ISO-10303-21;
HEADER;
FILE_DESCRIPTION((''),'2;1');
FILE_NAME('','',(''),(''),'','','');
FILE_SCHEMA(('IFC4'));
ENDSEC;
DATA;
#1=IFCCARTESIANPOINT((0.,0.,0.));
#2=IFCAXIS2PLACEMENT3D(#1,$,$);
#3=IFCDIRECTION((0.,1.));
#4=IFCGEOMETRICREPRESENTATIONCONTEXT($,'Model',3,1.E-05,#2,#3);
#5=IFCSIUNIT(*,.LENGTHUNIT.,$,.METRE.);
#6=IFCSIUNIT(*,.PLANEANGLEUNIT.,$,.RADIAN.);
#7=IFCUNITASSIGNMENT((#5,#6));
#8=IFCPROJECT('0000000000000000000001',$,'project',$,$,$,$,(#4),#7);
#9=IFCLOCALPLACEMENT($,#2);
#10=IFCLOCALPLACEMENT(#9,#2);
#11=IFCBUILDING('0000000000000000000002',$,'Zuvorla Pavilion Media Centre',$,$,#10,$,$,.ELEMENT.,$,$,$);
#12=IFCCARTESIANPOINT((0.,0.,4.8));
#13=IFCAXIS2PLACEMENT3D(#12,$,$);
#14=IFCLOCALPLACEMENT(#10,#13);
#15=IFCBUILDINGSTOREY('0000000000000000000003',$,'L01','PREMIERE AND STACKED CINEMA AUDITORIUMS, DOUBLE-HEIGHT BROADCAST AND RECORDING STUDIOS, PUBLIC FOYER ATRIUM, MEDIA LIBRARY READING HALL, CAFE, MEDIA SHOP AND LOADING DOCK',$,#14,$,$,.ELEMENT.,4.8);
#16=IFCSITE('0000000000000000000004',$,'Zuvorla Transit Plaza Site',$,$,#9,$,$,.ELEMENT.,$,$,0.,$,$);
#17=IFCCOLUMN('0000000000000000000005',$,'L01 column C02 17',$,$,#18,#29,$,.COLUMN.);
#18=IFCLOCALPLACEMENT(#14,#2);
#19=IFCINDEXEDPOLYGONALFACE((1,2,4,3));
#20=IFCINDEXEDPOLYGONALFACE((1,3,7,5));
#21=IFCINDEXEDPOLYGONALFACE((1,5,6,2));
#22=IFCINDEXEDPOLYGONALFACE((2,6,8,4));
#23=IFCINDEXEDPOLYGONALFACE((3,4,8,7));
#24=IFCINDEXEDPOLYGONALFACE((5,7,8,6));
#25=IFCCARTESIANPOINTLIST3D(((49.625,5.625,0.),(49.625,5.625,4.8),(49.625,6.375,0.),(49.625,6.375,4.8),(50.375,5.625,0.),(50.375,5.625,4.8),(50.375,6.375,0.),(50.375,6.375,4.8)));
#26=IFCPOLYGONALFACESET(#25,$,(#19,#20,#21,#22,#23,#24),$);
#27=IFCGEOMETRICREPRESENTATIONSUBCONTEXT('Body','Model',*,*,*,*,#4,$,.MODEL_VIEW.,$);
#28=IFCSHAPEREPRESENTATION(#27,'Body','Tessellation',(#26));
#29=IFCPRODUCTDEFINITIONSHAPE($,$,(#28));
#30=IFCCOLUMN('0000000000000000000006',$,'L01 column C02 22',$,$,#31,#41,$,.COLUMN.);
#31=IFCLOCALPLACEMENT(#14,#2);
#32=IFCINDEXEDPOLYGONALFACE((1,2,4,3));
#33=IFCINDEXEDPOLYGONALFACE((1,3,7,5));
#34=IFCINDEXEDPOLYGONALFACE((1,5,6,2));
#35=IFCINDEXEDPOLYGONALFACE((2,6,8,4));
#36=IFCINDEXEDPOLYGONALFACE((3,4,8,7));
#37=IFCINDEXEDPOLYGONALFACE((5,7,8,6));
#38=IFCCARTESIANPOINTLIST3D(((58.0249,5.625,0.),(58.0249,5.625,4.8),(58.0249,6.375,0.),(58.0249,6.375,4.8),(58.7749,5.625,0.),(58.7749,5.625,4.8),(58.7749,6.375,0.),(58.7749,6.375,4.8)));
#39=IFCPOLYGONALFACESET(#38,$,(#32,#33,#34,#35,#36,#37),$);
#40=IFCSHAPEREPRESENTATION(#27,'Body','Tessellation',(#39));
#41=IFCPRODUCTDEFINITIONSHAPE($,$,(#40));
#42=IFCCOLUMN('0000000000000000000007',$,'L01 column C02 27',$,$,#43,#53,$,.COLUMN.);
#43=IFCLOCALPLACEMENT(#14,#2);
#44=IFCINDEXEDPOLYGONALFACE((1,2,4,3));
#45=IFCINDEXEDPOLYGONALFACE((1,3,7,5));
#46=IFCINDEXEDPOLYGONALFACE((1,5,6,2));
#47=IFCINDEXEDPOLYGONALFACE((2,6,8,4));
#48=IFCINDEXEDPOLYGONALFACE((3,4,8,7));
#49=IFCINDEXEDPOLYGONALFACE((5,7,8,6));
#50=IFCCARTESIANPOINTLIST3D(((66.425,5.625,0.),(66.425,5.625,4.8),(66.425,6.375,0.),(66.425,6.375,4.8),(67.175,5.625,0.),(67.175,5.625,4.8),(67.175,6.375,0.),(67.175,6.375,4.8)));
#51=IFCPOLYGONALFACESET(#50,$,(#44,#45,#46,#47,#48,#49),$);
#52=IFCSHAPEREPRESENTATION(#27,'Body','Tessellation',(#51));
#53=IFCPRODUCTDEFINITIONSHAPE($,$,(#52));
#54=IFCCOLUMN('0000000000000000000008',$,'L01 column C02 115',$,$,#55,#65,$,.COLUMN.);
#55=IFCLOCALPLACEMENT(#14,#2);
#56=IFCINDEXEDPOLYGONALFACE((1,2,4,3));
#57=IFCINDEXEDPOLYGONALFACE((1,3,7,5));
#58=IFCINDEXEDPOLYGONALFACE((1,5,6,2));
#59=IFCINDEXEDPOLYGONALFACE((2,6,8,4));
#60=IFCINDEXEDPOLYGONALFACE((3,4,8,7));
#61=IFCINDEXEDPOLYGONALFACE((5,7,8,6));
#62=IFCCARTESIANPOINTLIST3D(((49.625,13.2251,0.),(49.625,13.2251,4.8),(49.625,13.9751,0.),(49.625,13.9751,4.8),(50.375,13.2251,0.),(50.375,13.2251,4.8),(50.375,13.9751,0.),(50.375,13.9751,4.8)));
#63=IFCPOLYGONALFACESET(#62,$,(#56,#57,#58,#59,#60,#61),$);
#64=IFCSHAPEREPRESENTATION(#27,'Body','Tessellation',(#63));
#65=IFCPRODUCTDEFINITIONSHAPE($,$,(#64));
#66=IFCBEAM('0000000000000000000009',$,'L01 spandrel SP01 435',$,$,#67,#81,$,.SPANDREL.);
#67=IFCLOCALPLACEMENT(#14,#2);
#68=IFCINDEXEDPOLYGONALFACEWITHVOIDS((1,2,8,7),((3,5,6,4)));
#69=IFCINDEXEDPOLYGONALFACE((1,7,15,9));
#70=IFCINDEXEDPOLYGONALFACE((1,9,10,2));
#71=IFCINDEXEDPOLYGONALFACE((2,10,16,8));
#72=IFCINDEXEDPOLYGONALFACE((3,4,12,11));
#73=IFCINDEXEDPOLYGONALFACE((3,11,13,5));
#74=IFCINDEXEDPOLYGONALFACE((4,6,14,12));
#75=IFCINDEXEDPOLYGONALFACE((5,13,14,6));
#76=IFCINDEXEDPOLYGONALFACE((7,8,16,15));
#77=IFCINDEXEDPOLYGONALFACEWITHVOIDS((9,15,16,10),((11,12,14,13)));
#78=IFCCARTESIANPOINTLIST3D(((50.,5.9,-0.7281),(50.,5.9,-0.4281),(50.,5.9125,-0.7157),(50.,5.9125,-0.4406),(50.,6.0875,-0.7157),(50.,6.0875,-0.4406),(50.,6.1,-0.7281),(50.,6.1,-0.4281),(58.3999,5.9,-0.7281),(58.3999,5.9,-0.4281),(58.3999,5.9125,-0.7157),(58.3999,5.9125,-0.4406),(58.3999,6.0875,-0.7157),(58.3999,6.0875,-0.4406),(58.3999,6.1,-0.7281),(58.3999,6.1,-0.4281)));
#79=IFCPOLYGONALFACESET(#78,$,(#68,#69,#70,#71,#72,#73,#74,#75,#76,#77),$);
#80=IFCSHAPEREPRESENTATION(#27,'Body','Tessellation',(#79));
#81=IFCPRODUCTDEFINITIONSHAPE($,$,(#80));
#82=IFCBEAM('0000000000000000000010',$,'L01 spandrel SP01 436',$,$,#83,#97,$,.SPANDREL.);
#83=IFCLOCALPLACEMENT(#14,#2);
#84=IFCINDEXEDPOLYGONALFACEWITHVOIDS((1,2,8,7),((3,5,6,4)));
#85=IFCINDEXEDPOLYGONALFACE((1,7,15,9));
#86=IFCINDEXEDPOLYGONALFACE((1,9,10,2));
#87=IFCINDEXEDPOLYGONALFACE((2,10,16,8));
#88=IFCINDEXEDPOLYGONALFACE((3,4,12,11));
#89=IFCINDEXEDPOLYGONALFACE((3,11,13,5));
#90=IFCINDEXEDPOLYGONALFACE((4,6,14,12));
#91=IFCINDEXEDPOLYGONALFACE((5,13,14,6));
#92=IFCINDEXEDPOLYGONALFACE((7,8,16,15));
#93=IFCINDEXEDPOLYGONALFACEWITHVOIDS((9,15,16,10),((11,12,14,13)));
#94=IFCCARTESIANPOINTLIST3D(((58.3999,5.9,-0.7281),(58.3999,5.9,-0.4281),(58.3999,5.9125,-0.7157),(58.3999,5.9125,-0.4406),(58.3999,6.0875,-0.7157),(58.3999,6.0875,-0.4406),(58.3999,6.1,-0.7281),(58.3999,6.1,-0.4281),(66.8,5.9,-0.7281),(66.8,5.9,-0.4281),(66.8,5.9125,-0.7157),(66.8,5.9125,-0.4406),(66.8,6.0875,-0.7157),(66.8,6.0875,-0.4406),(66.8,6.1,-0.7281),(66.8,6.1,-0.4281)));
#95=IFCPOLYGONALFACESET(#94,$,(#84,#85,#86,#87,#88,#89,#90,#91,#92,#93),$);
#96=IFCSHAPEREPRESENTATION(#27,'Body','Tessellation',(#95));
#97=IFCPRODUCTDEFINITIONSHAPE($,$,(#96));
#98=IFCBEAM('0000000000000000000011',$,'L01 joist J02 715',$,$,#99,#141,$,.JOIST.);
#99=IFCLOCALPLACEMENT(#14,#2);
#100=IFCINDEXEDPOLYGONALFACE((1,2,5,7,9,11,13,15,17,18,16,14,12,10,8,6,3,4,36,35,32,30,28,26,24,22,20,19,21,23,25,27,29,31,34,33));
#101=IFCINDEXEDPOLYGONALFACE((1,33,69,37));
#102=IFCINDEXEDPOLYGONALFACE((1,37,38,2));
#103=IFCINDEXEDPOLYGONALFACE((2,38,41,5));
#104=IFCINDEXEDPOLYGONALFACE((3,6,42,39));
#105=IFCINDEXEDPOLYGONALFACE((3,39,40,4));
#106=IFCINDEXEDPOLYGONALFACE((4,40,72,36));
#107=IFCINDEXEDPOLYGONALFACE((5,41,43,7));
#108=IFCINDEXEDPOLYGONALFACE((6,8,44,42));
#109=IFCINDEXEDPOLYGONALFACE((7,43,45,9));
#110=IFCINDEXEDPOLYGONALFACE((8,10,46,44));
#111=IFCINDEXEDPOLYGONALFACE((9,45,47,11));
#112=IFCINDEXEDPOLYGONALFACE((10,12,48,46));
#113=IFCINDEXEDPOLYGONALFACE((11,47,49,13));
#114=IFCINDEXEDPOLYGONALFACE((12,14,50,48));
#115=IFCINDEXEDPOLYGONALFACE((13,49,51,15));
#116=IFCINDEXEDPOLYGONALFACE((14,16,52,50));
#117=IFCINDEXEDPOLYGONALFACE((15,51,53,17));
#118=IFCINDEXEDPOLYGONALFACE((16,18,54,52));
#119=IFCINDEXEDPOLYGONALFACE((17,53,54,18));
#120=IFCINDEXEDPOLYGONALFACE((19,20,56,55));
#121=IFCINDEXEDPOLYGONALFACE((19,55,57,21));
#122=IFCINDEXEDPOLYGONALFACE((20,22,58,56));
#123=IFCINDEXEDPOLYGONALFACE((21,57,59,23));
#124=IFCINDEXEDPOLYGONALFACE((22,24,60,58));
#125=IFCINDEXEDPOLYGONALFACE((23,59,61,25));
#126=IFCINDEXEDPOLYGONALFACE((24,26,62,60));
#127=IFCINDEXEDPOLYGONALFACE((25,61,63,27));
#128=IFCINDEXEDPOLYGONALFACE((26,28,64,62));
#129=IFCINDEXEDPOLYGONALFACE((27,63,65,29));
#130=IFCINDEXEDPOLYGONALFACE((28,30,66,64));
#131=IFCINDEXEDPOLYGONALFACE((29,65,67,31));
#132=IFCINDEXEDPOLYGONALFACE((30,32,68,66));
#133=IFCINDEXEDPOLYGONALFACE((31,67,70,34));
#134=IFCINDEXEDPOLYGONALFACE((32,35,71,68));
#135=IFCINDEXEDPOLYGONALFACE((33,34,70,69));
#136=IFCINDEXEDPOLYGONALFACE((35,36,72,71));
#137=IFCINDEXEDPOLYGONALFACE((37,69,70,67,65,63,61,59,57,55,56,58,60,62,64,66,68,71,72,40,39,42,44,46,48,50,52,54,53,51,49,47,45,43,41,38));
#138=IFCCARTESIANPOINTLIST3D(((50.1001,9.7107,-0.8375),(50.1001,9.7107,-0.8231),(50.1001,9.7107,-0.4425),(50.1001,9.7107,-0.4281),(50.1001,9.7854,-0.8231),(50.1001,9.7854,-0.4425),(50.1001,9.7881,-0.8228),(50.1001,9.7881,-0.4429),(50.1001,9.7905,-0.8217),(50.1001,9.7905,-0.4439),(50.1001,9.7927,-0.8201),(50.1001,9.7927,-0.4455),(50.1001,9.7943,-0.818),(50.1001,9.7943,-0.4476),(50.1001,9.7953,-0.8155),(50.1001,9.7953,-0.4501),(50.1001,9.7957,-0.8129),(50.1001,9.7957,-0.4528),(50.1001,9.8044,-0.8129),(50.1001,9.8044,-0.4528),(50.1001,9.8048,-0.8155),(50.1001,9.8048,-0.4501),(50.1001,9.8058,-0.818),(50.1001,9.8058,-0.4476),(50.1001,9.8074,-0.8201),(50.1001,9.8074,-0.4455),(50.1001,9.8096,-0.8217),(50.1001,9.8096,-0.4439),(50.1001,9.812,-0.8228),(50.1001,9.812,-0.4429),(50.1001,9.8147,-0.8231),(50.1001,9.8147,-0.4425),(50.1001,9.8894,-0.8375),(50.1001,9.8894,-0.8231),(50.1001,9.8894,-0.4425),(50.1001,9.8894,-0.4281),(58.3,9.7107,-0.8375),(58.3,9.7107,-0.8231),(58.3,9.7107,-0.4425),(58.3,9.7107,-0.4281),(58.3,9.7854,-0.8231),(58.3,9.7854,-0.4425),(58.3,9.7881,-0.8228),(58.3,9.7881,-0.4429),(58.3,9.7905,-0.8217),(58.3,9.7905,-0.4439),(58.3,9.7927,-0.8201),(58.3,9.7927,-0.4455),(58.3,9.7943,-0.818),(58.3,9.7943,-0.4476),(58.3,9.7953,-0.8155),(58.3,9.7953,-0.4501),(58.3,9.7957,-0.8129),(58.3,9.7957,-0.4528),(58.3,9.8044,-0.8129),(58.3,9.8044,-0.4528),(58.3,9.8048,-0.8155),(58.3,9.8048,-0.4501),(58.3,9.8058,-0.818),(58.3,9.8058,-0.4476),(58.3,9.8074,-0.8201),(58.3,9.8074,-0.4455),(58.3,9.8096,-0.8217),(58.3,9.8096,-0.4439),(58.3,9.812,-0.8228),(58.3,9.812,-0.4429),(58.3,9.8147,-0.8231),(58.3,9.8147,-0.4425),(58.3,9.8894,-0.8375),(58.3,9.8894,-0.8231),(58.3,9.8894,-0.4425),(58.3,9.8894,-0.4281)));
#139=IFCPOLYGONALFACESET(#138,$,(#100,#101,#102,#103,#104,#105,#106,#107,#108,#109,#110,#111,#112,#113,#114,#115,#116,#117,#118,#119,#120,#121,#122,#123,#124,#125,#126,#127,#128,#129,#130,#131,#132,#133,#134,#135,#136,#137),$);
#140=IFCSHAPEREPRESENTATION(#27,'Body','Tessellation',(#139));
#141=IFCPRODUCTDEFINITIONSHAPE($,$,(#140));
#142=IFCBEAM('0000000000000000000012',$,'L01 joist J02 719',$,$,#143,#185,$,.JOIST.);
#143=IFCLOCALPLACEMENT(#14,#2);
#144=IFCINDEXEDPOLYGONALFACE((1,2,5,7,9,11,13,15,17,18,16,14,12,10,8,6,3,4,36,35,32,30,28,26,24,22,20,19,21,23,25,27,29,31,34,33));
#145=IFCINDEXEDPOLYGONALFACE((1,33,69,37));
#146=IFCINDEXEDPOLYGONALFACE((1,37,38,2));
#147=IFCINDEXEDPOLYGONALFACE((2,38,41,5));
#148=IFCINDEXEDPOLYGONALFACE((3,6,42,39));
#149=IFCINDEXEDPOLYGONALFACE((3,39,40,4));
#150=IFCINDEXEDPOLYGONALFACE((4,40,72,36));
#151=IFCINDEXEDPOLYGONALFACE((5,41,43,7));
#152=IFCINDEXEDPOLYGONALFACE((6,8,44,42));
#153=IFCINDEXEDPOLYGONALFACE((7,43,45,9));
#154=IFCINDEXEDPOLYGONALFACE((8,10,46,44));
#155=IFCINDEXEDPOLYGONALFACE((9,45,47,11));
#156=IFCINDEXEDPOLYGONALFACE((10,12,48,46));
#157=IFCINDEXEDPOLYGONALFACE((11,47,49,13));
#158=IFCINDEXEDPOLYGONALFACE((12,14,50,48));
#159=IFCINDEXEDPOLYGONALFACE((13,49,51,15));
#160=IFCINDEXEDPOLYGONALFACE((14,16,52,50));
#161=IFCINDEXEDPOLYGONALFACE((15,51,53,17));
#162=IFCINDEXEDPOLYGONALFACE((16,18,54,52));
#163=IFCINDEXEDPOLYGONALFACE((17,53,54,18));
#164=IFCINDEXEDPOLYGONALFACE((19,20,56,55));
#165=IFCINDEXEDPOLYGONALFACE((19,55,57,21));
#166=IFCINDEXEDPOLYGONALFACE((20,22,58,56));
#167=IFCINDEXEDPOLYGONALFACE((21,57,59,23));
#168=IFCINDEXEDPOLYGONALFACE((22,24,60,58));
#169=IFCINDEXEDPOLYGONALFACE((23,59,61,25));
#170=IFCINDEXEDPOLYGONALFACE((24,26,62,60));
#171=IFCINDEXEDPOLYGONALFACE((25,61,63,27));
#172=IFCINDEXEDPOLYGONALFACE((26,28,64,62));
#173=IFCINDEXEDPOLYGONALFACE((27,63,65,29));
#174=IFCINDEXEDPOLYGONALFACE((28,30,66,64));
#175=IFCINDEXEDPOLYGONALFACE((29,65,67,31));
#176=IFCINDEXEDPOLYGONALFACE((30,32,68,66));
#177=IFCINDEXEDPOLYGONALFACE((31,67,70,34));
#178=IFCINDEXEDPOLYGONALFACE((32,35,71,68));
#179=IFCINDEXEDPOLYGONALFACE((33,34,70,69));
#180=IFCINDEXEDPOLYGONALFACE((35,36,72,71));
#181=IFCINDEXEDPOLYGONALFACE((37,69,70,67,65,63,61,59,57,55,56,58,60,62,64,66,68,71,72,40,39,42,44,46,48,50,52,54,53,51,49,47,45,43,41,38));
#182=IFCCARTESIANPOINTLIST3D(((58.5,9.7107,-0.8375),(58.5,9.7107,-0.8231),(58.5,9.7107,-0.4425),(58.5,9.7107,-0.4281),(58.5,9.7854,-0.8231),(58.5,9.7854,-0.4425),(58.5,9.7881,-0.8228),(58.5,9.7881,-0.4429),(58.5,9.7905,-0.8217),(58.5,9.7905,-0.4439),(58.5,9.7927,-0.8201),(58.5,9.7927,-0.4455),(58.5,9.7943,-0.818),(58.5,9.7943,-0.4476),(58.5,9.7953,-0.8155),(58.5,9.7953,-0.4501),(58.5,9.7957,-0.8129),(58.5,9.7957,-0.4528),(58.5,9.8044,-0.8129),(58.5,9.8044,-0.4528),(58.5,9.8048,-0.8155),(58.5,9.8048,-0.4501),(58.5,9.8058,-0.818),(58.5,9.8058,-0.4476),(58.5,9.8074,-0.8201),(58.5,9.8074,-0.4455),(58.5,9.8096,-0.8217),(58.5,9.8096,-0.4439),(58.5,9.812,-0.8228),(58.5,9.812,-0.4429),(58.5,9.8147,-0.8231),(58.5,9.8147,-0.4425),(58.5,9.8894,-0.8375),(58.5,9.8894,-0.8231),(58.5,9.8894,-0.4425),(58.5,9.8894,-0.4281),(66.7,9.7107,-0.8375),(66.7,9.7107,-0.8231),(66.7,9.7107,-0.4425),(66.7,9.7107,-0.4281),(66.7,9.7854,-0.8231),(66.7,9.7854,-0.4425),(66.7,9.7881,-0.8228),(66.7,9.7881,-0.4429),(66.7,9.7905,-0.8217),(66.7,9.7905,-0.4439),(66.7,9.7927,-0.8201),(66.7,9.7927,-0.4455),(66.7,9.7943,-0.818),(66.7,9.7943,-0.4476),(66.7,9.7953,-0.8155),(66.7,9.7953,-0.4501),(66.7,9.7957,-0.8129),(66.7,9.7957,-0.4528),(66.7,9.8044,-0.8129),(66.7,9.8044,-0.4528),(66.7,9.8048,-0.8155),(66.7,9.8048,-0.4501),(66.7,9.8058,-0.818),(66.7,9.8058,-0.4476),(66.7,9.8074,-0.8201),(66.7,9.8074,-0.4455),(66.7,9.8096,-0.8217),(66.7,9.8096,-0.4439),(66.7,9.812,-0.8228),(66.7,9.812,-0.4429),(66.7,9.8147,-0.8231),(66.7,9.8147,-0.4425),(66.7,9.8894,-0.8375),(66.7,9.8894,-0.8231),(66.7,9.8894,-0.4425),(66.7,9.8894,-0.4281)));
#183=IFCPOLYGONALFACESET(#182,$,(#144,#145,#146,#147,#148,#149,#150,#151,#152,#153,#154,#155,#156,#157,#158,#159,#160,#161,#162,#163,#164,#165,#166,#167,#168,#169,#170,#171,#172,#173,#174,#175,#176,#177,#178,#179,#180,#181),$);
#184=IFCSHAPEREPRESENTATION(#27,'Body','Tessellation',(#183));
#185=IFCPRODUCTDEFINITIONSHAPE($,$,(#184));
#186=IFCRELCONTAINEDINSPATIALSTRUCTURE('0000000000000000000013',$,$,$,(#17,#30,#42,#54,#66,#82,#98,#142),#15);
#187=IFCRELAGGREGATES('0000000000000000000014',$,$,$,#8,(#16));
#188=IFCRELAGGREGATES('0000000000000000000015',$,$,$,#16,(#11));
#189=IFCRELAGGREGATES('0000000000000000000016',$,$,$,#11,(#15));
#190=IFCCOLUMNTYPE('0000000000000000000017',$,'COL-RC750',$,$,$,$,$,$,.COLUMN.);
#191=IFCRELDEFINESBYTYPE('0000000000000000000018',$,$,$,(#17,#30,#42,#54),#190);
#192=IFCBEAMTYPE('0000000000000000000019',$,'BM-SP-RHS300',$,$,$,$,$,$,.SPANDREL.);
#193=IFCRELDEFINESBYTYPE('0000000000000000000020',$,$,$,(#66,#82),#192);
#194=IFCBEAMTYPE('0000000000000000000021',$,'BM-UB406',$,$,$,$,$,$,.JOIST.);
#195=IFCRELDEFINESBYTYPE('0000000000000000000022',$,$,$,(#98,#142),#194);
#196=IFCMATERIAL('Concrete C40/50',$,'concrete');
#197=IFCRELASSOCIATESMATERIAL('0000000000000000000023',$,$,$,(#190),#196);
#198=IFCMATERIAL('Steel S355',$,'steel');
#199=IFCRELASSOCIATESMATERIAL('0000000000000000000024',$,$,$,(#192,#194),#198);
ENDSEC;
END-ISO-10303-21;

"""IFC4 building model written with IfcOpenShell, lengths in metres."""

from ifc_helpers import new_model, si_unit, direction, frame, origin, origin_2d, place, context, subcontext, project, spatial, rectangle, hollow_rectangle, i_section, extrude, material, material_profile, profile_set, type_object, element, save


model = new_model("IFC4")

# Units and contexts
model_context = context("Model", 3, precision=1e-05, world=origin(), true_north=direction((0.0, 1.0)))
body_context = subcontext(model_context, "Body", "Model", "MODEL_VIEW")
ifc_project = project(units=[si_unit("LENGTHUNIT", "METRE"), si_unit("PLANEANGLEUNIT", "RADIAN")], contexts=[model_context])

# Site, building, storey
site_placement = place(None, origin())
site = spatial("IfcSite", under=ifc_project, at=site_placement, Name="Zuvorla Transit Plaza Site", CompositionType="ELEMENT", RefElevation=0.0)
building_placement = place(site_placement, origin())
building = spatial("IfcBuilding", under=site, at=building_placement, Name="Zuvorla Pavilion Media Centre", CompositionType="ELEMENT")
storey_placement = place(building_placement, frame((0.0, 0.0, 4.8)))
storey = spatial("IfcBuildingStorey", under=building, at=storey_placement, Name="L01", Description="PREMIERE AND STACKED CINEMA AUDITORIUMS, DOUBLE-HEIGHT BROADCAST AND RECORDING STUDIOS, PUBLIC FOYER ATRIUM, MEDIA LIBRARY READING HALL, CAFE, MEDIA SHOP AND LOADING DOCK", CompositionType="ELEMENT", Elevation=4.8)

# Columns
ifc_material_1 = material(Name="Concrete C40/50", Category="concrete")
ifc_material_profile_1 = material_profile(ifc_material_1, rectangle(XDim=0.75, YDim=0.75, at=origin_2d()), Name="RC 750x750")
ifc_profile_set_1 = profile_set([ifc_material_profile_1], Name="Concrete C40/50")
column_type = type_object("IfcColumnType", Name="COL-RC750", PredefinedType="COLUMN", material=ifc_profile_set_1)
for number, where, z_axis, x_axis, name in (
    (1, (50.0, 6.0, 0.0), (0.0, 0.0, 1.0), (1.0, 0.0, 0.0), "L01 column C02 17"),
    (2, (58.3999, 6.0, 0.0), (0.0, 0.0, 1.0), (1.0, 0.0, 0.0), "L01 column C02 22"),
    (3, (66.8, 6.0, 0.0), (0.0, 0.0, 1.0), (1.0, 0.0, 0.0), "L01 column C02 27"),
    (4, (50.0, 13.6001, 0.0), (0.0, 0.0, 1.0), (1.0, 0.0, 0.0), "L01 column C02 115"),
):
    element("IfcColumn", number, at=place(storey_placement, frame(where, z_axis=z_axis, x_axis=x_axis)), inside=storey, type_object=column_type, Name=name, PredefinedType="COLUMN", context=body_context, shape_type="SweptSolid", body=[
        extrude(rectangle(XDim=0.75, YDim=0.75, at=origin_2d()), origin(), (0.0, 0.0, 1.0), 4.8),
    ])

# Beams
ifc_material_2 = material(Name="Steel S355", Category="steel")
ifc_material_profile_2 = material_profile(ifc_material_2, hollow_rectangle(XDim=0.2, YDim=0.3, WallThickness=0.0125, at=origin_2d()), Name="RHS 300x200x12.5")
ifc_profile_set_2 = profile_set([ifc_material_profile_2], Name="Steel S355")
beam_type_1 = type_object("IfcBeamType", Name="BM-SP-RHS300", PredefinedType="SPANDREL", material=ifc_profile_set_2)
beam_1_placement = place(storey_placement, frame((50.0, 6.0, -0.5781), z_axis=(1.0, 0.0, 0.0), x_axis=(0.0, 1.0, 0.0)))
element("IfcBeam", 5, at=beam_1_placement, inside=storey, type_object=beam_type_1, Name="L01 spandrel SP01 435", PredefinedType="SPANDREL", context=body_context, shape_type="SweptSolid", body=[
    extrude(hollow_rectangle(XDim=0.2, YDim=0.3, WallThickness=0.0125, at=origin_2d()), origin(), (0.0, 0.0, 1.0), 8.3999),
])
beam_2_placement = place(storey_placement, frame((58.3999, 6.0, -0.5781), z_axis=(1.0, 0.0, 0.0), x_axis=(0.0, 1.0, 0.0)))
element("IfcBeam", 6, at=beam_2_placement, inside=storey, type_object=beam_type_1, Name="L01 spandrel SP01 436", PredefinedType="SPANDREL", context=body_context, shape_type="SweptSolid", body=[
    extrude(hollow_rectangle(XDim=0.2, YDim=0.3, WallThickness=0.0125, at=origin_2d()), origin(), (0.0, 0.0, 1.0), 8.4001),
])
ifc_material_profile_3 = material_profile(ifc_material_2, i_section(OverallWidth=0.1787, OverallDepth=0.4094, WebThickness=0.0088, FlangeThickness=0.0144, FilletRadius=0.0103, at=origin_2d()), Name="UB 406x178x67")
ifc_profile_set_3 = profile_set([ifc_material_profile_3], Name="Steel S355")
beam_type_2 = type_object("IfcBeamType", Name="BM-UB406", PredefinedType="JOIST", material=ifc_profile_set_3)
for number, where, z_axis, x_axis, name in (
    (7, (50.1001, 9.8, -0.6328), (1.0, 0.0, 0.0), (0.0, 1.0, 0.0), "L01 joist J02 715"),
    (8, (58.5, 9.8, -0.6328), (1.0, 0.0, 0.0), (0.0, 1.0, 0.0), "L01 joist J02 719"),
):
    element("IfcBeam", number, at=place(storey_placement, frame(where, z_axis=z_axis, x_axis=x_axis)), inside=storey, type_object=beam_type_2, Name=name, PredefinedType="JOIST", context=body_context, shape_type="SweptSolid", body=[
        extrude(i_section(OverallWidth=0.1787, OverallDepth=0.4094, WebThickness=0.0088, FlangeThickness=0.0144, FilletRadius=0.0103, at=origin_2d()), origin(), (0.0, 0.0, 1.0), 8.2),
    ])

save(model, "model.ifc")
